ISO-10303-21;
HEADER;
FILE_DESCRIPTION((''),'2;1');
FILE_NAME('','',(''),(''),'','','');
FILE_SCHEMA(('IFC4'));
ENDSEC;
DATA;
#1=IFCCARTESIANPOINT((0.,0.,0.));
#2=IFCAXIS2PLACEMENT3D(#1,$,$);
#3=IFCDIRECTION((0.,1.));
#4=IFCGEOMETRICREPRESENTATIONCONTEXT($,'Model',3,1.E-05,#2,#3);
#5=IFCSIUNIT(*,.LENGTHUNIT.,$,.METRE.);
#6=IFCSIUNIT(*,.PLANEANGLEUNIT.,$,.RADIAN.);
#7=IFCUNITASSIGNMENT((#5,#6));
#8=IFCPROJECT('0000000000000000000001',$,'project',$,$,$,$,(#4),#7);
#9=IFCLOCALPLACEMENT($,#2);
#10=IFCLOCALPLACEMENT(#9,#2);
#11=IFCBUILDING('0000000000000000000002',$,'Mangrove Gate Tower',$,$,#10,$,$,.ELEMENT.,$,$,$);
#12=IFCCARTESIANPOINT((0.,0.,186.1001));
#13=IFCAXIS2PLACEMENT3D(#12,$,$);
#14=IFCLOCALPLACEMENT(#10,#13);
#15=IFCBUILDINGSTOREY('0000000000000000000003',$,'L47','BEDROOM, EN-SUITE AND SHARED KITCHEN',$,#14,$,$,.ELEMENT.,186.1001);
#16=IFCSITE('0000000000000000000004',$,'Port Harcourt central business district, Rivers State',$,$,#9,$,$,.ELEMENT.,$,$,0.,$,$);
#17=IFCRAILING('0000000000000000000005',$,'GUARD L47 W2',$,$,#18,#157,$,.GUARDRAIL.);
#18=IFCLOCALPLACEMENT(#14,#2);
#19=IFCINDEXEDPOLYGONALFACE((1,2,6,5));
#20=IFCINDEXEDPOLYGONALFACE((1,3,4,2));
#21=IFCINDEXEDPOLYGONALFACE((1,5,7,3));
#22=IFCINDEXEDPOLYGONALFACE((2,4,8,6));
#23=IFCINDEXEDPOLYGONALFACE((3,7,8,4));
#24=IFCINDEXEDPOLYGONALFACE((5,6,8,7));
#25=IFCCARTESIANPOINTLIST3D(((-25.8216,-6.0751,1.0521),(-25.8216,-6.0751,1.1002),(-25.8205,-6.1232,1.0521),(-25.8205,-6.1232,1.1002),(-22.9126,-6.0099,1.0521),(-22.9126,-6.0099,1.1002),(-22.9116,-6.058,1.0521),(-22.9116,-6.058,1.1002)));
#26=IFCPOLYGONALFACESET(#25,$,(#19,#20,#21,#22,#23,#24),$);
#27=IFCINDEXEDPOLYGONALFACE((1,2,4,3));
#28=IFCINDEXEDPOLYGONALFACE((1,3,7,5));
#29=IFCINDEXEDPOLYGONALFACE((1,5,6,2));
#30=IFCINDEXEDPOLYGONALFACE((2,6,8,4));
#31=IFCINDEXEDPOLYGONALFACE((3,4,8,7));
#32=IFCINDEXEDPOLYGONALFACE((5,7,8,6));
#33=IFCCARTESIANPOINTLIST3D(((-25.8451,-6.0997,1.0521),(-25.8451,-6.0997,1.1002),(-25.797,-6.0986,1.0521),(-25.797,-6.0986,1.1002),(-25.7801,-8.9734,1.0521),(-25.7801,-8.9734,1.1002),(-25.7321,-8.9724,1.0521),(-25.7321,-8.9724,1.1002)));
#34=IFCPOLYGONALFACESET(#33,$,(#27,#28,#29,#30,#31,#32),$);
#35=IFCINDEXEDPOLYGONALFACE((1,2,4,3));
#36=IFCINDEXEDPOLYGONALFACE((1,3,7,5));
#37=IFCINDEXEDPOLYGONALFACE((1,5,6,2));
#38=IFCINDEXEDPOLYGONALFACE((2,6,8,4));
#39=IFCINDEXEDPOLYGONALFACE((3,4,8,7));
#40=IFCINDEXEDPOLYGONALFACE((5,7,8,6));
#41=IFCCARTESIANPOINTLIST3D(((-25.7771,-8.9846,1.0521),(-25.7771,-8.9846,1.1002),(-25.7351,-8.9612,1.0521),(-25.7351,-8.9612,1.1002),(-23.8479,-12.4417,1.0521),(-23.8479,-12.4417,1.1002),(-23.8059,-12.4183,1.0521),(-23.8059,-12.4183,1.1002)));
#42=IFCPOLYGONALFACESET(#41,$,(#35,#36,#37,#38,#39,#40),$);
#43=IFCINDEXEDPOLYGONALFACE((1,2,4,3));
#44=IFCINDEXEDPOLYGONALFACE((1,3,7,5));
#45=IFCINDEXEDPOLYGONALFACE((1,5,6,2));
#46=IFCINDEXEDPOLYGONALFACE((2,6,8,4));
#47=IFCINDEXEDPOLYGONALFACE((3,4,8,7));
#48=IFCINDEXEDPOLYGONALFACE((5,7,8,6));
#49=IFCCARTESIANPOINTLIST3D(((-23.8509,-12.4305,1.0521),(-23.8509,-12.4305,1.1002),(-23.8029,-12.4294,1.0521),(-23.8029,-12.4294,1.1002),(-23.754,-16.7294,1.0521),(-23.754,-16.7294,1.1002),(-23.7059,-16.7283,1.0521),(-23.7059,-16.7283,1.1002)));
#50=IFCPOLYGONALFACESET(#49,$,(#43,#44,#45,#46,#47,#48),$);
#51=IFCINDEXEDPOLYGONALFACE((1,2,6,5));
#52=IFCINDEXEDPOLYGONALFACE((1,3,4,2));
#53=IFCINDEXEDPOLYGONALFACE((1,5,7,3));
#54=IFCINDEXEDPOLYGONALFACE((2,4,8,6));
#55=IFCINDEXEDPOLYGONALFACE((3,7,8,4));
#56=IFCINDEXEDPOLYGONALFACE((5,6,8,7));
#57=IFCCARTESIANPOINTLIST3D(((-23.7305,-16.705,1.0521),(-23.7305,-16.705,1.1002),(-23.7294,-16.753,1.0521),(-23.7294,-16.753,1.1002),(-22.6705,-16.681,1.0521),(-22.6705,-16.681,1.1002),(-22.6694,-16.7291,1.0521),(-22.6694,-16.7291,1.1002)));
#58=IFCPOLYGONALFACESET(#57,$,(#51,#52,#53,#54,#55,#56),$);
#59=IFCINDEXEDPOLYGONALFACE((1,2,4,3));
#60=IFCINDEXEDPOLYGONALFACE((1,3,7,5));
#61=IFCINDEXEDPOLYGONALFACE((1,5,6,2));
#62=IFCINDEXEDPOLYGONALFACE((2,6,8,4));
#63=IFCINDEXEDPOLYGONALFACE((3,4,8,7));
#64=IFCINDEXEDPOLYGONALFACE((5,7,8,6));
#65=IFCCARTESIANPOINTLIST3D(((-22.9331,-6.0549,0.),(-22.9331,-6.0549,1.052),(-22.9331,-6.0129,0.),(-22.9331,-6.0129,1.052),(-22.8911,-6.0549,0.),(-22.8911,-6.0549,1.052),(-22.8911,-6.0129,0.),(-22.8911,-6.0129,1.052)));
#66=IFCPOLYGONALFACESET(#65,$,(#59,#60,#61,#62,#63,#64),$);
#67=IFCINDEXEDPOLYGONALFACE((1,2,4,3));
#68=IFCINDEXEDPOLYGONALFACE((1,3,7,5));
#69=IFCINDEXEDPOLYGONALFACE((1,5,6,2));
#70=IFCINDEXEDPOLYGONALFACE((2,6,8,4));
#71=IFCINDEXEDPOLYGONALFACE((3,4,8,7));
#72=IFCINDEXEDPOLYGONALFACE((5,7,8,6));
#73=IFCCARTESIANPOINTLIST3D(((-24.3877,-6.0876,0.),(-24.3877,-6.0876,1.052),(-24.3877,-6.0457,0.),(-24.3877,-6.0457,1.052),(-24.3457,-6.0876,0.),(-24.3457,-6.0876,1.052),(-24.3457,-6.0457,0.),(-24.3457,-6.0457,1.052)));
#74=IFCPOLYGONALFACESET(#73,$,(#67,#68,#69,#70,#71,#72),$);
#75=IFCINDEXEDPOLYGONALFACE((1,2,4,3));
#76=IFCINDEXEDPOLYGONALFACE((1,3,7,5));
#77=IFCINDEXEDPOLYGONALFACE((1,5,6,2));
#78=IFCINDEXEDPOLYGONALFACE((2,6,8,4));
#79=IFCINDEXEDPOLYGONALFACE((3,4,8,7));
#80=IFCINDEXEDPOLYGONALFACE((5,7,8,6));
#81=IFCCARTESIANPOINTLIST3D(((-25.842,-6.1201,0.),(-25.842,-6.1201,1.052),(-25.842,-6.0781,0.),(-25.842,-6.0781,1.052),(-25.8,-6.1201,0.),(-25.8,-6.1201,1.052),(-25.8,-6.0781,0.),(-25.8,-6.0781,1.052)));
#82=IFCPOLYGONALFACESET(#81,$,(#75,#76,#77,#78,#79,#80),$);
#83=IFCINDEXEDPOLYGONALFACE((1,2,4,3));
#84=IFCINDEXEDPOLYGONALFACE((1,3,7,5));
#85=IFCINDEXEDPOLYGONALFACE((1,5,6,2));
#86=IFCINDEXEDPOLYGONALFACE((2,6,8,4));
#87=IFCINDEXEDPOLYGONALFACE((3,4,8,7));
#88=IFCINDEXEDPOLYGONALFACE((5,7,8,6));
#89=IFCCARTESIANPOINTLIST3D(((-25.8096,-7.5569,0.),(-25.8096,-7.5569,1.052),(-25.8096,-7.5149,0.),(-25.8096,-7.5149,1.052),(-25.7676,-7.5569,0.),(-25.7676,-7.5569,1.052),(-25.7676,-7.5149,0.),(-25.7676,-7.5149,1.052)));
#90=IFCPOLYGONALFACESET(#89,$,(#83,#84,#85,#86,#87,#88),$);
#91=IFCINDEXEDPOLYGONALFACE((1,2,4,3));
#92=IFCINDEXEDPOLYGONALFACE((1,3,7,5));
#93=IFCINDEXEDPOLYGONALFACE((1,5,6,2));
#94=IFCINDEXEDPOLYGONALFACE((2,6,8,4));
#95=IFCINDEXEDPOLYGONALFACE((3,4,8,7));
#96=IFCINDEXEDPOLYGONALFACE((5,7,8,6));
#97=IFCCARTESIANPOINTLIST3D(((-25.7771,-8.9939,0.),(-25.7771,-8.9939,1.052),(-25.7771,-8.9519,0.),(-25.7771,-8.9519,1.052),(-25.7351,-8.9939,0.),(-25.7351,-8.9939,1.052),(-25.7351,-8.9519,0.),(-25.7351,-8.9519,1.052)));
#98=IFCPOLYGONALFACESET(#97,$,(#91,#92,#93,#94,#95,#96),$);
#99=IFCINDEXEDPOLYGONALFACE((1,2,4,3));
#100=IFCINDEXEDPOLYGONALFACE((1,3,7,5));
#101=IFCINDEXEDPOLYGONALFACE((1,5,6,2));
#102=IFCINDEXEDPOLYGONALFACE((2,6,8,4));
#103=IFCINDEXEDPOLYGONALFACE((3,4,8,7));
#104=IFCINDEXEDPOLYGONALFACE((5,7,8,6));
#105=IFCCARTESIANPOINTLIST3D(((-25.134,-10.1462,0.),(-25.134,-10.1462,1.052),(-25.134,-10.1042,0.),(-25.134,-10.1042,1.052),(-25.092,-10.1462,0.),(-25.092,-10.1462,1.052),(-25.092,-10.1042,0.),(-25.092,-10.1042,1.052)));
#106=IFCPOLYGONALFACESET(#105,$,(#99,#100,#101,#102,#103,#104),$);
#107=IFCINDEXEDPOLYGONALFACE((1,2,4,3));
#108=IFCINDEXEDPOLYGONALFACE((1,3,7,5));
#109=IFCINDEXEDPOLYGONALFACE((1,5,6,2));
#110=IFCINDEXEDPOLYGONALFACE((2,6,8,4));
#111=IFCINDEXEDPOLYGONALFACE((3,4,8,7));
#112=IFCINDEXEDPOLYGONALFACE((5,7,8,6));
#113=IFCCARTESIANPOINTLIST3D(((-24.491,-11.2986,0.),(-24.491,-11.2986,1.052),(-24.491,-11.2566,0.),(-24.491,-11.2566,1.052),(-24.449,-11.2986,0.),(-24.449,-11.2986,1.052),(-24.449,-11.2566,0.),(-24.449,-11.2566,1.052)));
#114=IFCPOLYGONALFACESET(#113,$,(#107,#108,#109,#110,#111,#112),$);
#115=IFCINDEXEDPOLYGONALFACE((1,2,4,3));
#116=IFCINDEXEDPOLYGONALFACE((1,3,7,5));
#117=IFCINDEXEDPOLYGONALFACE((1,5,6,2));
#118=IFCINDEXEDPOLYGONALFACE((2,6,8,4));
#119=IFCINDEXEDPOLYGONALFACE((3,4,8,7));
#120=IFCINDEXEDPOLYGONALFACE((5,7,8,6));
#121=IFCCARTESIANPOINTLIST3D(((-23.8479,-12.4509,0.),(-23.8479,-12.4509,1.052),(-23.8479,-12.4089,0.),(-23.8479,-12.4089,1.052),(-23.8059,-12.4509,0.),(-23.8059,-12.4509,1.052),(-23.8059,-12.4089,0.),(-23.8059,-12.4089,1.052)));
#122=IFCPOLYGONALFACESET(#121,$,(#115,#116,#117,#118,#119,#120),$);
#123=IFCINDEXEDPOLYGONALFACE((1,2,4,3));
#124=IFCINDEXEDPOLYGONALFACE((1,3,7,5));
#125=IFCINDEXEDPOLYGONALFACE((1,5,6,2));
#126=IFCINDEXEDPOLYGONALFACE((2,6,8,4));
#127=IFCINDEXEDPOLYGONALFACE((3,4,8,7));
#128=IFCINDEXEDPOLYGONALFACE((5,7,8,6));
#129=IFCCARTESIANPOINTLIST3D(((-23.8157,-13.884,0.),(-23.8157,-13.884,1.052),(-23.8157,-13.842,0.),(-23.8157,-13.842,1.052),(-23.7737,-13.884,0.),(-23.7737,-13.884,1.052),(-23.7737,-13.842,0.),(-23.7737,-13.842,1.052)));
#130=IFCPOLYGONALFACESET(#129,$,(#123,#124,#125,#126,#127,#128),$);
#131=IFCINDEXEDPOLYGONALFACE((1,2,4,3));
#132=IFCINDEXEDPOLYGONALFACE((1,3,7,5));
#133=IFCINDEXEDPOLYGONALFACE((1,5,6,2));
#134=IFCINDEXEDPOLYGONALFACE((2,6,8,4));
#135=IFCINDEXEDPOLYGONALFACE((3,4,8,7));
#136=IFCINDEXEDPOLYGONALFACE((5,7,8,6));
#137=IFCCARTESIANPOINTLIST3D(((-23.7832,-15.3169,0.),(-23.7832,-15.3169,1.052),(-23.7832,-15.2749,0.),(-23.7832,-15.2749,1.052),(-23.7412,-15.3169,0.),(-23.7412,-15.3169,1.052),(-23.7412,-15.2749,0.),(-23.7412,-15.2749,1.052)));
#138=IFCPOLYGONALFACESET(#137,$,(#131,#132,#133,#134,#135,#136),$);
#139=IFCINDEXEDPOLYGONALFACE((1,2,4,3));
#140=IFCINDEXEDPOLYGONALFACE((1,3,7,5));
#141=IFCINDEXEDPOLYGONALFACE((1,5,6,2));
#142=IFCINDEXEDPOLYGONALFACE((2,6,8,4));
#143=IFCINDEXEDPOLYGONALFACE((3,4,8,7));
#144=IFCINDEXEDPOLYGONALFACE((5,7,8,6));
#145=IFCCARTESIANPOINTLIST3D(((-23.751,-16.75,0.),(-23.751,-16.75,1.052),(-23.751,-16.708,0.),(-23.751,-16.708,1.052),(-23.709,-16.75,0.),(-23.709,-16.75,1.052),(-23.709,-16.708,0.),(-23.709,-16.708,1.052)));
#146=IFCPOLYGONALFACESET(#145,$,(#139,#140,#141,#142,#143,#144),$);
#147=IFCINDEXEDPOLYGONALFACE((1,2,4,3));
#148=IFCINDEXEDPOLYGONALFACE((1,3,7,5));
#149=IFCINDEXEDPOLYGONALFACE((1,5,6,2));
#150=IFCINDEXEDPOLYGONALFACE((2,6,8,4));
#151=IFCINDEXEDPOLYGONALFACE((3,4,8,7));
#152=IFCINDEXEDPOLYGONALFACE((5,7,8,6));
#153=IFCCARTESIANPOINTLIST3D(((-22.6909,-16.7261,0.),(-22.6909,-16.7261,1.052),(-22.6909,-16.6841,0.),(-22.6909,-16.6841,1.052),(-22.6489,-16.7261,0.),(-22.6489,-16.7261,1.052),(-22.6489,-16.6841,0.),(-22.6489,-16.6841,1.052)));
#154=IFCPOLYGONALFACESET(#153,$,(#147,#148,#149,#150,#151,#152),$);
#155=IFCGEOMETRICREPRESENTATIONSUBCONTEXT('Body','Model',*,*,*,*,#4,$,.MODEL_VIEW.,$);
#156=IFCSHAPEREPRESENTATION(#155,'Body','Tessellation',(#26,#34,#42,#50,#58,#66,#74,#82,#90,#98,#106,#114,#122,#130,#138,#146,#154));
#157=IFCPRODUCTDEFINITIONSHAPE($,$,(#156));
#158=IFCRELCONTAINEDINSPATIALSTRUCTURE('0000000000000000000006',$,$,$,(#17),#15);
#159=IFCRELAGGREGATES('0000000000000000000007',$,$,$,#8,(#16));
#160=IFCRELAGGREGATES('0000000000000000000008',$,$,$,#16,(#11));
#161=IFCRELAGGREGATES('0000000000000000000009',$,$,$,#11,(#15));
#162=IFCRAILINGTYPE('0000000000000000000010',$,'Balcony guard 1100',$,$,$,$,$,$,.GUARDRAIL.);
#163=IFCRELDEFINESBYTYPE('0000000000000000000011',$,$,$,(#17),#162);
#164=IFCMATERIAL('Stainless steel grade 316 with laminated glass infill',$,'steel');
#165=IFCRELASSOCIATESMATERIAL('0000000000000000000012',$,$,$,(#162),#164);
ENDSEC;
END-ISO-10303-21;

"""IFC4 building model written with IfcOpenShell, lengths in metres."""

from ifc_helpers import new_model, si_unit, direction, frame, origin, origin_2d, place, context, subcontext, project, spatial, rectangle, extrude, material, type_object, element, save


model = new_model("IFC4")

# Units and contexts
model_context = context("Model", 3, precision=1e-05, world=origin(), true_north=direction((0.0, 1.0)))
body_context = subcontext(model_context, "Body", "Model", "MODEL_VIEW")
ifc_project = project(units=[si_unit("LENGTHUNIT", "METRE"), si_unit("PLANEANGLEUNIT", "RADIAN")], contexts=[model_context])

# Site, building, storey
site_placement = place(None, origin())
site = spatial("IfcSite", under=ifc_project, at=site_placement, Name="Port Harcourt central business district, Rivers State", CompositionType="ELEMENT", RefElevation=0.0)
building_placement = place(site_placement, origin())
building = spatial("IfcBuilding", under=site, at=building_placement, Name="Mangrove Gate Tower", CompositionType="ELEMENT")
storey_placement = place(building_placement, frame((0.0, 0.0, 186.1001)))
storey = spatial("IfcBuildingStorey", under=building, at=storey_placement, Name="L47", Description="BEDROOM, EN-SUITE AND SHARED KITCHEN", CompositionType="ELEMENT", Elevation=186.1001)

# Railing
ifc_material_1 = material(Name="Stainless steel grade 316 with laminated glass infill", Category="steel")
railing_type = type_object("IfcRailingType", Name="Balcony guard 1100", PredefinedType="GUARDRAIL", material=ifc_material_1)
railing_placement = place(storey_placement, frame((-22.9121, -6.0339, 0.0)))
element("IfcRailing", 1, at=railing_placement, inside=storey, type_object=railing_type, Name="GUARD L47 W2", PredefinedType="GUARDRAIL", context=body_context, shape_type="SweptSolid", body=[
    extrude(rectangle(XDim=0.0481, YDim=0.0481, at=origin_2d()), frame((0.0, 0.0, 1.0762), z_axis=(-0.999749, -0.022403, 0.0), x_axis=(0.022403, -0.999749, 0.0)), (0.0, 0.0, 1.0), 2.9097),
    extrude(rectangle(XDim=0.0481, YDim=0.0481, at=origin_2d()), frame((-2.9089, -0.0652, 1.0762), z_axis=(0.022592, -0.999745, 0.0), x_axis=(0.999745, 0.022592, 0.0)), (0.0, 0.0, 1.0), 2.8745),
    extrude(rectangle(XDim=0.0481, YDim=0.0481, at=origin_2d()), frame((-2.844, -2.939, 1.0762), z_axis=(0.487307, -0.873231, 0.0), x_axis=(0.873231, 0.487307, 0.0)), (0.0, 0.0, 1.0), 3.959),
    extrude(rectangle(XDim=0.0481, YDim=0.0481, at=origin_2d()), frame((-0.9148, -6.396, 1.0762), z_axis=(0.02254, -0.999746, 0.0), x_axis=(0.999746, 0.02254, 0.0)), (0.0, 0.0, 1.0), 4.3),
    extrude(rectangle(XDim=0.0481, YDim=0.0481, at=origin_2d()), frame((-0.8179, -10.6951, 1.0762), z_axis=(0.999745, 0.022564, 0.0), x_axis=(-0.022564, 0.999745, 0.0)), (0.0, 0.0, 1.0), 1.0603),
    extrude(rectangle(XDim=0.042, YDim=0.042, at=origin_2d()), origin(), (0.0, 0.0, 1.0), 1.052),
    extrude(rectangle(XDim=0.042, YDim=0.042, at=origin_2d()), frame((-1.4546, -0.0327, 0.0)), (0.0, 0.0, 1.0), 1.052),
    extrude(rectangle(XDim=0.042, YDim=0.042, at=origin_2d()), frame((-2.9089, -0.0652, 0.0)), (0.0, 0.0, 1.0), 1.052),
    extrude(rectangle(XDim=0.042, YDim=0.042, at=origin_2d()), frame((-2.8765, -1.502, 0.0)), (0.0, 0.0, 1.0), 1.052),
    extrude(rectangle(XDim=0.042, YDim=0.042, at=origin_2d()), frame((-2.844, -2.939, 0.0)), (0.0, 0.0, 1.0), 1.052),
    extrude(rectangle(XDim=0.042, YDim=0.042, at=origin_2d()), frame((-2.2009, -4.0913, 0.0)), (0.0, 0.0, 1.0), 1.052),
    extrude(rectangle(XDim=0.042, YDim=0.042, at=origin_2d()), frame((-1.5579, -5.2437, 0.0)), (0.0, 0.0, 1.0), 1.052),
    extrude(rectangle(XDim=0.042, YDim=0.042, at=origin_2d()), frame((-0.9148, -6.396, 0.0)), (0.0, 0.0, 1.0), 1.052),
    extrude(rectangle(XDim=0.042, YDim=0.042, at=origin_2d()), frame((-0.8826, -7.8291, 0.0)), (0.0, 0.0, 1.0), 1.052),
    extrude(rectangle(XDim=0.042, YDim=0.042, at=origin_2d()), frame((-0.8501, -9.262, 0.0)), (0.0, 0.0, 1.0), 1.052),
    extrude(rectangle(XDim=0.042, YDim=0.042, at=origin_2d()), frame((-0.8179, -10.6951, 0.0)), (0.0, 0.0, 1.0), 1.052),
    extrude(rectangle(XDim=0.042, YDim=0.042, at=origin_2d()), frame((0.2422, -10.6711, 0.0)), (0.0, 0.0, 1.0), 1.052),
])

save(model, "model.ifc")
